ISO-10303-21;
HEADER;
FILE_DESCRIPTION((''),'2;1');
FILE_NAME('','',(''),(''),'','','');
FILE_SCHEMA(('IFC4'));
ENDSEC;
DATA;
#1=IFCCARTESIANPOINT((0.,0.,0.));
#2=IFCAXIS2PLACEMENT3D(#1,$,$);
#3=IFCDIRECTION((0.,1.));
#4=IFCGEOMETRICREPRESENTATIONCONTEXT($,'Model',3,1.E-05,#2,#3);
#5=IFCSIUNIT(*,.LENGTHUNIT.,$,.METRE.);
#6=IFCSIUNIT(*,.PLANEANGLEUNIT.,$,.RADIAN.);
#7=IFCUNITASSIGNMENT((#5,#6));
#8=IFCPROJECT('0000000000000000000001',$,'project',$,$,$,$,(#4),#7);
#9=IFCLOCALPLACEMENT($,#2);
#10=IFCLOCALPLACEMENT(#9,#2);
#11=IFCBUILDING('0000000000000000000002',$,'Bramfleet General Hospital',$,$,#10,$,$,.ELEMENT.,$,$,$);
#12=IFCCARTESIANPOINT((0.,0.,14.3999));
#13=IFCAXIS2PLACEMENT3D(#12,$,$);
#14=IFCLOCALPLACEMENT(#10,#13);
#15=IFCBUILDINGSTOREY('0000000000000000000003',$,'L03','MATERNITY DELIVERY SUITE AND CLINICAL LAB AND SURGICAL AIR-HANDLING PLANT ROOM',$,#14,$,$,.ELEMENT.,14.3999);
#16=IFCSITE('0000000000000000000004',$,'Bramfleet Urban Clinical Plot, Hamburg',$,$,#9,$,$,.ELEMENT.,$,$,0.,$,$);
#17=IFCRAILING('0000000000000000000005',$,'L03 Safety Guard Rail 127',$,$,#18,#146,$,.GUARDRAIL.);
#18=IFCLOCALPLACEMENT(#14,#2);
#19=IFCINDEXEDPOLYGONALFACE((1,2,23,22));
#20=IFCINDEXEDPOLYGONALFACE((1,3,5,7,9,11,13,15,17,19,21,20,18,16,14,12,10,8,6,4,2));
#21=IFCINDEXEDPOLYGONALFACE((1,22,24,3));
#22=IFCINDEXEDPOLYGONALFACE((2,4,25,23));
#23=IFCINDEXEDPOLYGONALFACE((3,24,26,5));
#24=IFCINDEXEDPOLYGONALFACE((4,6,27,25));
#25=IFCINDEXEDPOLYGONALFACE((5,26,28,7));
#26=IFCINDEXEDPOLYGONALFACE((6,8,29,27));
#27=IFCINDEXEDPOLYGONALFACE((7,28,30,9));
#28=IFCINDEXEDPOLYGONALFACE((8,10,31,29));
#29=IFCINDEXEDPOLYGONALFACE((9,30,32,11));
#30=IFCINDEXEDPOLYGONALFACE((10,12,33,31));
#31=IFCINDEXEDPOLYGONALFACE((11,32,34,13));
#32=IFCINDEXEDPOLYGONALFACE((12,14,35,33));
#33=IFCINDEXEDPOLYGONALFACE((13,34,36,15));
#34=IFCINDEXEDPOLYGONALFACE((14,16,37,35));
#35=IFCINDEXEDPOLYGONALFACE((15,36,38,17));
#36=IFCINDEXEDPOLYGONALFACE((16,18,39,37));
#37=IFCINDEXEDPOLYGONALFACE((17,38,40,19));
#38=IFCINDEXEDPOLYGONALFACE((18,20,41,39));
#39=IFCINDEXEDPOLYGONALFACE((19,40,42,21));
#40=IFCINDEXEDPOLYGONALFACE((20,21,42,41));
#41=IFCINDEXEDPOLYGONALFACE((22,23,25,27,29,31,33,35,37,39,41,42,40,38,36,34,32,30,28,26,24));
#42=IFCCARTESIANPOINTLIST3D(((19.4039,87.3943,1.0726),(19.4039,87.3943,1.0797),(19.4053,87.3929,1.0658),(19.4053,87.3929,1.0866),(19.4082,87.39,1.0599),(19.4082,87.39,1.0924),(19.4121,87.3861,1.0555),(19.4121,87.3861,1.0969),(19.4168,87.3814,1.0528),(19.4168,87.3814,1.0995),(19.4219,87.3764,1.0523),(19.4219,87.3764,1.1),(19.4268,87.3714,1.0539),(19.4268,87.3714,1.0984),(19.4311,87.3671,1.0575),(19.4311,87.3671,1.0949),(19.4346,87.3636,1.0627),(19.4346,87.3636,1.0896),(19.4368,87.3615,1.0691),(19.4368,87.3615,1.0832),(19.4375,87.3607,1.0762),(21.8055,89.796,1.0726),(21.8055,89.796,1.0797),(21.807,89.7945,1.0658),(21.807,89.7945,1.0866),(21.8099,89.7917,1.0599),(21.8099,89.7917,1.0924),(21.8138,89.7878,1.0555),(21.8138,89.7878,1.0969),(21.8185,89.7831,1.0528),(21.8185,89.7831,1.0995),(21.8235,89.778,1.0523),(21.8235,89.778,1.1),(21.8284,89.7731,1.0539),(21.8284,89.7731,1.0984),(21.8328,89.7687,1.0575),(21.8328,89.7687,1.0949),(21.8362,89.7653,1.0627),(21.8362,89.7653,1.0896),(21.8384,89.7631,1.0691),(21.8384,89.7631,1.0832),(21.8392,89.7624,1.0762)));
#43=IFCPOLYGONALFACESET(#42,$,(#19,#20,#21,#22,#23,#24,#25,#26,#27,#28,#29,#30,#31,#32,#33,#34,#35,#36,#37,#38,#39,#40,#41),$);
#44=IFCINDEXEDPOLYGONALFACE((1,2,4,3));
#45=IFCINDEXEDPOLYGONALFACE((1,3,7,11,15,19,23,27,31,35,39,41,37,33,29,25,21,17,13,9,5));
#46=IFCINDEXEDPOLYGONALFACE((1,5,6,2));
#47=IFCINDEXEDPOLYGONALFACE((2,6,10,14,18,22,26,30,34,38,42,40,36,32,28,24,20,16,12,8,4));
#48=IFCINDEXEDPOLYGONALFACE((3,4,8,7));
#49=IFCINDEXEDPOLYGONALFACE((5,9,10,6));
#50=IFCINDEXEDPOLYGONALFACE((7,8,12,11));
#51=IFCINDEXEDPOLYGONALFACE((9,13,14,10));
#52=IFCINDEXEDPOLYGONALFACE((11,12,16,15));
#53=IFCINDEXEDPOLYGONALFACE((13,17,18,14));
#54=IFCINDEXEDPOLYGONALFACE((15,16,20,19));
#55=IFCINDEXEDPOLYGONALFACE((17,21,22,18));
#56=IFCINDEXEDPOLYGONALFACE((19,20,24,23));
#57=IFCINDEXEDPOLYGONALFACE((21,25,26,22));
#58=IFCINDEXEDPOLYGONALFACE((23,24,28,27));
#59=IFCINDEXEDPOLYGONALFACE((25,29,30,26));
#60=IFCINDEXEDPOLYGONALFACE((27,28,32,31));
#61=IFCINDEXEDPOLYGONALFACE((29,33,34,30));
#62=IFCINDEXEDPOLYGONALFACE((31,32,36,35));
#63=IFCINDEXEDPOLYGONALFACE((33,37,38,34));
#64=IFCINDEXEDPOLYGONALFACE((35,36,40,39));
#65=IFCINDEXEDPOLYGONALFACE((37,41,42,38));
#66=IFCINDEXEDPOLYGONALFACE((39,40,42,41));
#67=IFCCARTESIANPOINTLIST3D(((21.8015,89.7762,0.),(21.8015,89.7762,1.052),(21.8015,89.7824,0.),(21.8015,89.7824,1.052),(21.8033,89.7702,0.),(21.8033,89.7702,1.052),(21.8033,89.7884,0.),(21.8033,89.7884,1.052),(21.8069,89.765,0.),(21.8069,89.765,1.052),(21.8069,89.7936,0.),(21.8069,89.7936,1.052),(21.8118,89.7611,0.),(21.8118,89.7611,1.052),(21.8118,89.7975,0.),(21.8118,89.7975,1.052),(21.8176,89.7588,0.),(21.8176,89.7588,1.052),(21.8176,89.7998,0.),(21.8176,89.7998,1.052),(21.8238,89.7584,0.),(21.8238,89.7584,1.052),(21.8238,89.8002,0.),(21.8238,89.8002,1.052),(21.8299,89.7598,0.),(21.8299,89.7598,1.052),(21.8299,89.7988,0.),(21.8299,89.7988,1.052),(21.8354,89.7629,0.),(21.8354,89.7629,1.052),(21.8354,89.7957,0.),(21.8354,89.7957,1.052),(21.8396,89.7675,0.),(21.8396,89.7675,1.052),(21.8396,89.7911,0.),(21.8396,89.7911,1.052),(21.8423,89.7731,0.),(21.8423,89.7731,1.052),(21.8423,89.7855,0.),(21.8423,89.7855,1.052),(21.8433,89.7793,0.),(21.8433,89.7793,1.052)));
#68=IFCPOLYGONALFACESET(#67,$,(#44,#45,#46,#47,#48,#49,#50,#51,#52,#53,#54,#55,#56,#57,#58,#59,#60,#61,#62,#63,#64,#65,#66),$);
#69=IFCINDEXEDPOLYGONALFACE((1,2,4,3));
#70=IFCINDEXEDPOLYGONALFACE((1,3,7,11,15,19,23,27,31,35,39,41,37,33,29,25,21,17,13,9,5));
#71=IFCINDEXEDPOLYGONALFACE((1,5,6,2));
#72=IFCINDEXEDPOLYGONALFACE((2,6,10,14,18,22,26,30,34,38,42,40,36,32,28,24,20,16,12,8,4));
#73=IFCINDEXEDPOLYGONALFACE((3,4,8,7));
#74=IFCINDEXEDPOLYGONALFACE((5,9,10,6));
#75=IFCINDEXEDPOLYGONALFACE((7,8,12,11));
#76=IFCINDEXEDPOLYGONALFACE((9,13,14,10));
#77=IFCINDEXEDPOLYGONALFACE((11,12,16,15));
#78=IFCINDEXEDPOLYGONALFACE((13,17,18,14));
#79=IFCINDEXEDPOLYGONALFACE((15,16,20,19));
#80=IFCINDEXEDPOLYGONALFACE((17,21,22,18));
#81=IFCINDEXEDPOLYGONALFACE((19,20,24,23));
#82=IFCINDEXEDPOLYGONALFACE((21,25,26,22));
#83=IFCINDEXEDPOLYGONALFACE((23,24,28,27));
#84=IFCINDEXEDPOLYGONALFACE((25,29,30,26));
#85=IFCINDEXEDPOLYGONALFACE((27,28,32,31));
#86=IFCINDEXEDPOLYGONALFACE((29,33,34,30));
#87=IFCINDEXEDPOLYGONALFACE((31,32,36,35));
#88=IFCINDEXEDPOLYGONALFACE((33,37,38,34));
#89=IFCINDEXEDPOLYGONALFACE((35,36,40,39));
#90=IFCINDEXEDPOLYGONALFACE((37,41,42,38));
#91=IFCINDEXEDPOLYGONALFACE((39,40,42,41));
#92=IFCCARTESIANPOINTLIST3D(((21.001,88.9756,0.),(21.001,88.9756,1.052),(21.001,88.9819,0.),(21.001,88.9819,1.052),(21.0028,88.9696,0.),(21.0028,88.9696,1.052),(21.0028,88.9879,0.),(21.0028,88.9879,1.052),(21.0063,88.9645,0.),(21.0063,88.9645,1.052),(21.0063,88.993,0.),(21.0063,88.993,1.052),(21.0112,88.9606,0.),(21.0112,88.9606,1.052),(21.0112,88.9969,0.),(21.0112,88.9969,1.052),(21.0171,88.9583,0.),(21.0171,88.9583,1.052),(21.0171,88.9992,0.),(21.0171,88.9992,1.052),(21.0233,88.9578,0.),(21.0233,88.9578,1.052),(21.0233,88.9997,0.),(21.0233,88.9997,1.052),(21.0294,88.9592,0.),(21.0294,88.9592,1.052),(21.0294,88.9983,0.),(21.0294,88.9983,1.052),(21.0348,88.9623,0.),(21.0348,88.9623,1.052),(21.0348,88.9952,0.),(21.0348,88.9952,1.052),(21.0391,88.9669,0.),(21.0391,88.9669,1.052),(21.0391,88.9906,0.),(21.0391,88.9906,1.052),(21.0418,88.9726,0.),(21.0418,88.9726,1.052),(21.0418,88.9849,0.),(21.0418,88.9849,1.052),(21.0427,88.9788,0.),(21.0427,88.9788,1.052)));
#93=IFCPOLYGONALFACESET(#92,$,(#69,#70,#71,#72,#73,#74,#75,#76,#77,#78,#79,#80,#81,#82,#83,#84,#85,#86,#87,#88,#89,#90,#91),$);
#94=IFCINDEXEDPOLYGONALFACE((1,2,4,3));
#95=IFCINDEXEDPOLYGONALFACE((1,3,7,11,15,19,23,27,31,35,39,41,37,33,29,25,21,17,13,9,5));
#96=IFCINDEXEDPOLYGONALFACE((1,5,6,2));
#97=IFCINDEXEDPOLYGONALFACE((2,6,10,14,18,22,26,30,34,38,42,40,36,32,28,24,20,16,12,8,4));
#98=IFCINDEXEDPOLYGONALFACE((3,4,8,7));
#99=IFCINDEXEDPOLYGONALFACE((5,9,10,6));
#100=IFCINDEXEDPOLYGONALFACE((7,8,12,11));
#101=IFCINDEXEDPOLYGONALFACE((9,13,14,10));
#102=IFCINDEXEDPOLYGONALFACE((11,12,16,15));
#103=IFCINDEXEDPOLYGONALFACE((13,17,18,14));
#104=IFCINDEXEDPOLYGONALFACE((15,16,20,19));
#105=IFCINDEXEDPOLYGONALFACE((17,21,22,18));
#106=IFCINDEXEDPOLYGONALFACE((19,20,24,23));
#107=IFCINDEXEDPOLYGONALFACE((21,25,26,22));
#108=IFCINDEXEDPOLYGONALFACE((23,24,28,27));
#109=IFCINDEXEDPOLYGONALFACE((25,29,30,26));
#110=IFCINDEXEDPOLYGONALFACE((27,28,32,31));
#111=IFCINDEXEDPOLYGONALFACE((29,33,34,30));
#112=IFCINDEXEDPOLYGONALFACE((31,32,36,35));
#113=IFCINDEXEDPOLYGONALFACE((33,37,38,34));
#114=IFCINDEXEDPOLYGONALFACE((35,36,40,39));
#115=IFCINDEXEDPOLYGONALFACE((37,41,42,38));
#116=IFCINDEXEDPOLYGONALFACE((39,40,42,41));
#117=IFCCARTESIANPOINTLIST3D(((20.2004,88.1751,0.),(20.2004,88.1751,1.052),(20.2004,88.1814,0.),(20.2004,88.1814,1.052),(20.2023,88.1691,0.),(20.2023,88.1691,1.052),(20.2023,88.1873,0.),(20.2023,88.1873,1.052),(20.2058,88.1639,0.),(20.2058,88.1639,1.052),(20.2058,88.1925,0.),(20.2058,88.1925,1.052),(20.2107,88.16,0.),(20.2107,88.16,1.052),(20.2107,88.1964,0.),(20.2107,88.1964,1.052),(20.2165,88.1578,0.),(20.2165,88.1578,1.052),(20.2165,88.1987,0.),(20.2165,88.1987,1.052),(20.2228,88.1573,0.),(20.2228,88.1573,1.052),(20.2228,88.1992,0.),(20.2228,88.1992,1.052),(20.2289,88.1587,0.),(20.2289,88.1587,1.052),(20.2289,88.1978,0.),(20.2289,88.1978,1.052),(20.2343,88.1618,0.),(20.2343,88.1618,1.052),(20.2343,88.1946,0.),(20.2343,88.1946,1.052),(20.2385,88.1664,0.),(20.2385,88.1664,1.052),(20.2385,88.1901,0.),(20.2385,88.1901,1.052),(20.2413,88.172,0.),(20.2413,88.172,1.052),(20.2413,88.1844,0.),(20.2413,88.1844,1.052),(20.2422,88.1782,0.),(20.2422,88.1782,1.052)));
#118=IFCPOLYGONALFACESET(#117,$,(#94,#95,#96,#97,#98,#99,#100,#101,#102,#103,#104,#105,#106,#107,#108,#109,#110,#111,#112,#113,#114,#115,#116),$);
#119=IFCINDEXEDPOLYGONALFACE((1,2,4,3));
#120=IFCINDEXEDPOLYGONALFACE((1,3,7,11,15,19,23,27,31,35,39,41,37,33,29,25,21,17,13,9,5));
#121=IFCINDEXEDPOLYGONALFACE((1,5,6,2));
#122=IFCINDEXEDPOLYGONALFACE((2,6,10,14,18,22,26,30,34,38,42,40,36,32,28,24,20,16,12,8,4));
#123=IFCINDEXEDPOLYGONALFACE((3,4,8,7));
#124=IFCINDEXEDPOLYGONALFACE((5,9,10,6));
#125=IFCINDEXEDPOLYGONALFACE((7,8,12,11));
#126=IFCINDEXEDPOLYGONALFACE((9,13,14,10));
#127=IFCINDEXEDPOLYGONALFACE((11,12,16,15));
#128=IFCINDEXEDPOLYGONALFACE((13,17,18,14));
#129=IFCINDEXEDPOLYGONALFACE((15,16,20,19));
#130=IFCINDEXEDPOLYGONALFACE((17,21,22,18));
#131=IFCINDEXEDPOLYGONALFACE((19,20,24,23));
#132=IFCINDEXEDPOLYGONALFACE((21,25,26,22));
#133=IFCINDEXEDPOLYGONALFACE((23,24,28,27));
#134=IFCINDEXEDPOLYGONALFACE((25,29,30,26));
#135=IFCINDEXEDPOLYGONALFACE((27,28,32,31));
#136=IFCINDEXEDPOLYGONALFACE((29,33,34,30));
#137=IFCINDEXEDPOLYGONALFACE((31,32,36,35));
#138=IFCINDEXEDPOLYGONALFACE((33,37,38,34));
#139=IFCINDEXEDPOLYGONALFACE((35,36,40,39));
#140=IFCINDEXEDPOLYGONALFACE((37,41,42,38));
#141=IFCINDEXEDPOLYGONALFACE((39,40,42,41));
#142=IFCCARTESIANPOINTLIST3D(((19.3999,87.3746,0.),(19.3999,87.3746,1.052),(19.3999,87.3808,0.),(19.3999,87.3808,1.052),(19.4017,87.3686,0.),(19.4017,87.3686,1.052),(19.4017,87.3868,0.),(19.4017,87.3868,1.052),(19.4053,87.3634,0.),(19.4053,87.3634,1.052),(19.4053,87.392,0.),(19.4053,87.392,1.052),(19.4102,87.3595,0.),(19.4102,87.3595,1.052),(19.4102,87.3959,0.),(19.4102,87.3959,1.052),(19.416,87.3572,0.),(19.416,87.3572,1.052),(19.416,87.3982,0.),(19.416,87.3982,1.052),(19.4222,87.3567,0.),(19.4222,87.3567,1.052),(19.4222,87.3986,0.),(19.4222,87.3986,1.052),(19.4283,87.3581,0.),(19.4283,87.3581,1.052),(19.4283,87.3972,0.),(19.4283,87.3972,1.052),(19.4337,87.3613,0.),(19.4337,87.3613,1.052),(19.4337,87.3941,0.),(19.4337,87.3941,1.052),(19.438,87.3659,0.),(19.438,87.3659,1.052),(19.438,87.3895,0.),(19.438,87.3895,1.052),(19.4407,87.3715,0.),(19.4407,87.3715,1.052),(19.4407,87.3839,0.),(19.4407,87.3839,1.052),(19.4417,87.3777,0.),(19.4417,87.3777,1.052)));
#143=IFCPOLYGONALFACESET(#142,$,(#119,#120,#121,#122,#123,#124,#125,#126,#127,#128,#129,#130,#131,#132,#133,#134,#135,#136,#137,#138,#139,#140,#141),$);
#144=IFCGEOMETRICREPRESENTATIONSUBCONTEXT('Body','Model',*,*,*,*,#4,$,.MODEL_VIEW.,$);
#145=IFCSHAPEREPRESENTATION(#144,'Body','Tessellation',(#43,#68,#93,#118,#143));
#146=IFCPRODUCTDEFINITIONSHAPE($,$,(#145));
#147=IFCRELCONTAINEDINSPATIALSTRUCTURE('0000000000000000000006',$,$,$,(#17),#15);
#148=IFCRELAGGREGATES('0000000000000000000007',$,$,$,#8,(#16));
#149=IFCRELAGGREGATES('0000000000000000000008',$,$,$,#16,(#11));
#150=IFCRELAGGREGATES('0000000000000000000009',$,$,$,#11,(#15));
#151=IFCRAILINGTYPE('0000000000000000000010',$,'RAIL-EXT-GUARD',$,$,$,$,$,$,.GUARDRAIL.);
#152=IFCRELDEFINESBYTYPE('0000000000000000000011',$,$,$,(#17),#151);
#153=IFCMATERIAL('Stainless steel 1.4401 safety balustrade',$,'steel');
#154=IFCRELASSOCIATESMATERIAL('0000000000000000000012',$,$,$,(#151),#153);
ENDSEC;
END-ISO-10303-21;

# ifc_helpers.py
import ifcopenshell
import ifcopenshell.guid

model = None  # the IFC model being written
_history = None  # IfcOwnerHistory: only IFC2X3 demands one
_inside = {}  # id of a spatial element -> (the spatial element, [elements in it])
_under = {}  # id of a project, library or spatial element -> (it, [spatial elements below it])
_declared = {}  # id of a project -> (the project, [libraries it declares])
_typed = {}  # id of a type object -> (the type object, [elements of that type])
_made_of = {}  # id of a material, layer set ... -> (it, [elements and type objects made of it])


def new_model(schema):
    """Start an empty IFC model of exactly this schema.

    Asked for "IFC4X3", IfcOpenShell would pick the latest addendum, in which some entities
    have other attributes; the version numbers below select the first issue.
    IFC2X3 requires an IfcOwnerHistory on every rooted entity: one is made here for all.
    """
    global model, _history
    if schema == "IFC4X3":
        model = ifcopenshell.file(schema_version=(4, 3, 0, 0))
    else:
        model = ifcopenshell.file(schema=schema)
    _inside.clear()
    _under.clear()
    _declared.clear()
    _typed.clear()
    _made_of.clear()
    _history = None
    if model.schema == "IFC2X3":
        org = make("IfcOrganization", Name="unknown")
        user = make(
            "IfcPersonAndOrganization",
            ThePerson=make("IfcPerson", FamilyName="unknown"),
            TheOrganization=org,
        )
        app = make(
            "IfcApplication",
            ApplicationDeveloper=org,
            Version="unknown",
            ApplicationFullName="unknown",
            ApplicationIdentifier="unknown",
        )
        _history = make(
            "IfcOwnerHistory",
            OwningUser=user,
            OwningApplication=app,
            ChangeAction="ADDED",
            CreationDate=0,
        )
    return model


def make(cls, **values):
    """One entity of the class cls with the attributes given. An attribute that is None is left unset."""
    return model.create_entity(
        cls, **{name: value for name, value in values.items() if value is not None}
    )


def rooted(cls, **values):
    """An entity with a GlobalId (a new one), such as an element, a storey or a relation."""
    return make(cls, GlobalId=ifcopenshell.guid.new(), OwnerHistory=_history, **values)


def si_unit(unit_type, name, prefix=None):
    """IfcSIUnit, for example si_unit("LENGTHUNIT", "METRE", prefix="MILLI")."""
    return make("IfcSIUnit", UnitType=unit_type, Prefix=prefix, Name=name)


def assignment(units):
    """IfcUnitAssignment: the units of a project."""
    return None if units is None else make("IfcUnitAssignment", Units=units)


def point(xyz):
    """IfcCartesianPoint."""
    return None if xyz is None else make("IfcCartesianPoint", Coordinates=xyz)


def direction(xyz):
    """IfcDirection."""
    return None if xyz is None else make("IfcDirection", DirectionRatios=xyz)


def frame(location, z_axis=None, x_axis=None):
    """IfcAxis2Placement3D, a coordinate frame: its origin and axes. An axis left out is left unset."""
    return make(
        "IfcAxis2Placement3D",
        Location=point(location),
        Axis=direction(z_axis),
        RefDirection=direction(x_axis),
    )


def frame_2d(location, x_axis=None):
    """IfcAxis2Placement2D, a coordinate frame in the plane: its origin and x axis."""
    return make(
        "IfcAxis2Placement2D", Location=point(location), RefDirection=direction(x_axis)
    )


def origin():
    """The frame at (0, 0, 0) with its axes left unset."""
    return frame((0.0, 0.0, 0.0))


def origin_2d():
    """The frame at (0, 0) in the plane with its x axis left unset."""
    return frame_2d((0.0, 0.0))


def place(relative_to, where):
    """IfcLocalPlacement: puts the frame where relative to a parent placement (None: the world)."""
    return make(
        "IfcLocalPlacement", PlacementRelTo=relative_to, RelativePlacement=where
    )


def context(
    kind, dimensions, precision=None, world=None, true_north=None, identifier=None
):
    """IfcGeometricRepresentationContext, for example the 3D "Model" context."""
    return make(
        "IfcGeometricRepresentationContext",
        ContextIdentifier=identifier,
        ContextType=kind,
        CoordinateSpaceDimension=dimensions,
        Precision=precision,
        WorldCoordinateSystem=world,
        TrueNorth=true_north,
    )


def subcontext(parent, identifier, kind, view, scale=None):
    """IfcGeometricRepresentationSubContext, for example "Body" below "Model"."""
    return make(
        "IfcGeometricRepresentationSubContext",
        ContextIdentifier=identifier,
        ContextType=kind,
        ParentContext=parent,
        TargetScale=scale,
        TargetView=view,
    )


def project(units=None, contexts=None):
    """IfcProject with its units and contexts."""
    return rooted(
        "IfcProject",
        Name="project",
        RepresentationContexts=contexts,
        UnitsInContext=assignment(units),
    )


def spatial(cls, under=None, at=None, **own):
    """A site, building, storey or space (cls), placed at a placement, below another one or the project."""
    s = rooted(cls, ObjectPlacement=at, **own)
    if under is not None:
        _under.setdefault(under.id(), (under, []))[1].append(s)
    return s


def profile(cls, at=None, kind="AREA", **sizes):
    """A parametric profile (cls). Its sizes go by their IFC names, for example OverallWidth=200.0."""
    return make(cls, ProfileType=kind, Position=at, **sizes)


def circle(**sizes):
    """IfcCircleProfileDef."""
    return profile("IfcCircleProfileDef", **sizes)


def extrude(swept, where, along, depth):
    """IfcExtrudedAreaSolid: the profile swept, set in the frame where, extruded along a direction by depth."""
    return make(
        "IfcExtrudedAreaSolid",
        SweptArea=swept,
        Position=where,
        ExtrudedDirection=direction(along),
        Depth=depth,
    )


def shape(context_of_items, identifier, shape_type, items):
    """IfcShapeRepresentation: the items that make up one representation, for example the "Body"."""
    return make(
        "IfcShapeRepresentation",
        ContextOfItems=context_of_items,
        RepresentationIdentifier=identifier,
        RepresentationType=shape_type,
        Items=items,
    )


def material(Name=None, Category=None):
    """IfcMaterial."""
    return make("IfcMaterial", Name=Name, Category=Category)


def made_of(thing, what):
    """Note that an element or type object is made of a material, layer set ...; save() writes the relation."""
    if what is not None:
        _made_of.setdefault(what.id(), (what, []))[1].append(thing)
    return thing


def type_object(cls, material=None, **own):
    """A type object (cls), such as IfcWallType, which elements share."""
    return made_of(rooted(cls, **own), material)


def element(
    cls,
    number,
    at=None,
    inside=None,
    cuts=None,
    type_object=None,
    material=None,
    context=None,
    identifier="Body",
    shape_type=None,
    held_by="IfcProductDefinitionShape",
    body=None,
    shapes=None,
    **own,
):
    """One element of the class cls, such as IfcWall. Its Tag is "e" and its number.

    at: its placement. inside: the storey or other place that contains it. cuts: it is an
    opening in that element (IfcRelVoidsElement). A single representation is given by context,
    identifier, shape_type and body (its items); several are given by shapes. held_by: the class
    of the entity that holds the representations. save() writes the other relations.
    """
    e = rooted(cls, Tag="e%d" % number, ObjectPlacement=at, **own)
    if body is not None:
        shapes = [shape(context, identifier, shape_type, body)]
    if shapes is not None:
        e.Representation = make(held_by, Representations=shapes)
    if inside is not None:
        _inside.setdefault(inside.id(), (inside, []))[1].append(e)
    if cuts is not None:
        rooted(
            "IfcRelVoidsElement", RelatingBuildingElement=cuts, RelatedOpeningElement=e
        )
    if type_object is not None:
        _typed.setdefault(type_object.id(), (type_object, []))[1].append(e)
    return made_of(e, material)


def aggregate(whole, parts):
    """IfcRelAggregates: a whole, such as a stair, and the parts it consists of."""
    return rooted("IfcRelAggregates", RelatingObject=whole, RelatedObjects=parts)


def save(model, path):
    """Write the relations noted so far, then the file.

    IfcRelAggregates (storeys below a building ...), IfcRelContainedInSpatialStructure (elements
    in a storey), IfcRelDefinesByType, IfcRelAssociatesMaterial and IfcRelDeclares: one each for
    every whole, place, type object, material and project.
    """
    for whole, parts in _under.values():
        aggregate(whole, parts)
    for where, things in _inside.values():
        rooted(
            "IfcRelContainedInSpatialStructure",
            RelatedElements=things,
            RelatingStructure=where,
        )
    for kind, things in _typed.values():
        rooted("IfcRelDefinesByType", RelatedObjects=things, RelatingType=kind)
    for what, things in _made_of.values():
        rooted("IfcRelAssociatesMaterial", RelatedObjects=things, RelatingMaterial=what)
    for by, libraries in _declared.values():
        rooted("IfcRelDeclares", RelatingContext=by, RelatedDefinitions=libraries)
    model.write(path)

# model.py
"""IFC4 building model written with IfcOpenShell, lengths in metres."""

from ifc_helpers import new_model, si_unit, direction, frame, origin, origin_2d, place, context, subcontext, project, spatial, circle, extrude, material, type_object, element, save


model = new_model("IFC4")

# Units and contexts
model_context = context("Model", 3, precision=1e-05, world=origin(), true_north=direction((0.0, 1.0)))
body_context = subcontext(model_context, "Body", "Model", "MODEL_VIEW")
ifc_project = project(units=[si_unit("LENGTHUNIT", "METRE"), si_unit("PLANEANGLEUNIT", "RADIAN")], contexts=[model_context])

# Site, building, storey
site_placement = place(None, origin())
site = spatial("IfcSite", under=ifc_project, at=site_placement, Name="Bramfleet Urban Clinical Plot, Hamburg", CompositionType="ELEMENT", RefElevation=0.0)
building_placement = place(site_placement, origin())
building = spatial("IfcBuilding", under=site, at=building_placement, Name="Bramfleet General Hospital", CompositionType="ELEMENT")
storey_placement = place(building_placement, frame((0.0, 0.0, 14.3999)))
storey = spatial("IfcBuildingStorey", under=building, at=storey_placement, Name="L03", Description="MATERNITY DELIVERY SUITE AND CLINICAL LAB AND SURGICAL AIR-HANDLING PLANT ROOM", CompositionType="ELEMENT", Elevation=14.3999)

# Railing
ifc_material_1 = material(Name="Stainless steel 1.4401 safety balustrade", Category="steel")
railing_type = type_object("IfcRailingType", Name="RAIL-EXT-GUARD", PredefinedType="GUARDRAIL", material=ifc_material_1)
railing_placement = place(storey_placement, frame((21.8223, 89.7793, 0.0)))
element("IfcRailing", 1, at=railing_placement, inside=storey, type_object=railing_type, Name="L03 Safety Guard Rail 127", PredefinedType="GUARDRAIL", context=body_context, shape_type="SweptSolid", body=[
    extrude(circle(Radius=0.0239, at=origin_2d()), frame((0.0, 0.0, 1.0762), z_axis=(-0.707107, -0.707107, 0.0), x_axis=(0.707107, -0.707107, 0.0)), (0.0, 0.0, 1.0), 3.3965),
    extrude(circle(Radius=0.021, at=origin_2d()), origin(), (0.0, 0.0, 1.0), 1.052),
    extrude(circle(Radius=0.021, at=origin_2d()), frame((-0.8005, -0.8005, 0.0)), (0.0, 0.0, 1.0), 1.052),
    extrude(circle(Radius=0.021, at=origin_2d()), frame((-1.6011, -1.6011, 0.0)), (0.0, 0.0, 1.0), 1.052),
    extrude(circle(Radius=0.021, at=origin_2d()), frame((-2.4016, -2.4016, 0.0)), (0.0, 0.0, 1.0), 1.052),
])

save(model, "model.ifc")
